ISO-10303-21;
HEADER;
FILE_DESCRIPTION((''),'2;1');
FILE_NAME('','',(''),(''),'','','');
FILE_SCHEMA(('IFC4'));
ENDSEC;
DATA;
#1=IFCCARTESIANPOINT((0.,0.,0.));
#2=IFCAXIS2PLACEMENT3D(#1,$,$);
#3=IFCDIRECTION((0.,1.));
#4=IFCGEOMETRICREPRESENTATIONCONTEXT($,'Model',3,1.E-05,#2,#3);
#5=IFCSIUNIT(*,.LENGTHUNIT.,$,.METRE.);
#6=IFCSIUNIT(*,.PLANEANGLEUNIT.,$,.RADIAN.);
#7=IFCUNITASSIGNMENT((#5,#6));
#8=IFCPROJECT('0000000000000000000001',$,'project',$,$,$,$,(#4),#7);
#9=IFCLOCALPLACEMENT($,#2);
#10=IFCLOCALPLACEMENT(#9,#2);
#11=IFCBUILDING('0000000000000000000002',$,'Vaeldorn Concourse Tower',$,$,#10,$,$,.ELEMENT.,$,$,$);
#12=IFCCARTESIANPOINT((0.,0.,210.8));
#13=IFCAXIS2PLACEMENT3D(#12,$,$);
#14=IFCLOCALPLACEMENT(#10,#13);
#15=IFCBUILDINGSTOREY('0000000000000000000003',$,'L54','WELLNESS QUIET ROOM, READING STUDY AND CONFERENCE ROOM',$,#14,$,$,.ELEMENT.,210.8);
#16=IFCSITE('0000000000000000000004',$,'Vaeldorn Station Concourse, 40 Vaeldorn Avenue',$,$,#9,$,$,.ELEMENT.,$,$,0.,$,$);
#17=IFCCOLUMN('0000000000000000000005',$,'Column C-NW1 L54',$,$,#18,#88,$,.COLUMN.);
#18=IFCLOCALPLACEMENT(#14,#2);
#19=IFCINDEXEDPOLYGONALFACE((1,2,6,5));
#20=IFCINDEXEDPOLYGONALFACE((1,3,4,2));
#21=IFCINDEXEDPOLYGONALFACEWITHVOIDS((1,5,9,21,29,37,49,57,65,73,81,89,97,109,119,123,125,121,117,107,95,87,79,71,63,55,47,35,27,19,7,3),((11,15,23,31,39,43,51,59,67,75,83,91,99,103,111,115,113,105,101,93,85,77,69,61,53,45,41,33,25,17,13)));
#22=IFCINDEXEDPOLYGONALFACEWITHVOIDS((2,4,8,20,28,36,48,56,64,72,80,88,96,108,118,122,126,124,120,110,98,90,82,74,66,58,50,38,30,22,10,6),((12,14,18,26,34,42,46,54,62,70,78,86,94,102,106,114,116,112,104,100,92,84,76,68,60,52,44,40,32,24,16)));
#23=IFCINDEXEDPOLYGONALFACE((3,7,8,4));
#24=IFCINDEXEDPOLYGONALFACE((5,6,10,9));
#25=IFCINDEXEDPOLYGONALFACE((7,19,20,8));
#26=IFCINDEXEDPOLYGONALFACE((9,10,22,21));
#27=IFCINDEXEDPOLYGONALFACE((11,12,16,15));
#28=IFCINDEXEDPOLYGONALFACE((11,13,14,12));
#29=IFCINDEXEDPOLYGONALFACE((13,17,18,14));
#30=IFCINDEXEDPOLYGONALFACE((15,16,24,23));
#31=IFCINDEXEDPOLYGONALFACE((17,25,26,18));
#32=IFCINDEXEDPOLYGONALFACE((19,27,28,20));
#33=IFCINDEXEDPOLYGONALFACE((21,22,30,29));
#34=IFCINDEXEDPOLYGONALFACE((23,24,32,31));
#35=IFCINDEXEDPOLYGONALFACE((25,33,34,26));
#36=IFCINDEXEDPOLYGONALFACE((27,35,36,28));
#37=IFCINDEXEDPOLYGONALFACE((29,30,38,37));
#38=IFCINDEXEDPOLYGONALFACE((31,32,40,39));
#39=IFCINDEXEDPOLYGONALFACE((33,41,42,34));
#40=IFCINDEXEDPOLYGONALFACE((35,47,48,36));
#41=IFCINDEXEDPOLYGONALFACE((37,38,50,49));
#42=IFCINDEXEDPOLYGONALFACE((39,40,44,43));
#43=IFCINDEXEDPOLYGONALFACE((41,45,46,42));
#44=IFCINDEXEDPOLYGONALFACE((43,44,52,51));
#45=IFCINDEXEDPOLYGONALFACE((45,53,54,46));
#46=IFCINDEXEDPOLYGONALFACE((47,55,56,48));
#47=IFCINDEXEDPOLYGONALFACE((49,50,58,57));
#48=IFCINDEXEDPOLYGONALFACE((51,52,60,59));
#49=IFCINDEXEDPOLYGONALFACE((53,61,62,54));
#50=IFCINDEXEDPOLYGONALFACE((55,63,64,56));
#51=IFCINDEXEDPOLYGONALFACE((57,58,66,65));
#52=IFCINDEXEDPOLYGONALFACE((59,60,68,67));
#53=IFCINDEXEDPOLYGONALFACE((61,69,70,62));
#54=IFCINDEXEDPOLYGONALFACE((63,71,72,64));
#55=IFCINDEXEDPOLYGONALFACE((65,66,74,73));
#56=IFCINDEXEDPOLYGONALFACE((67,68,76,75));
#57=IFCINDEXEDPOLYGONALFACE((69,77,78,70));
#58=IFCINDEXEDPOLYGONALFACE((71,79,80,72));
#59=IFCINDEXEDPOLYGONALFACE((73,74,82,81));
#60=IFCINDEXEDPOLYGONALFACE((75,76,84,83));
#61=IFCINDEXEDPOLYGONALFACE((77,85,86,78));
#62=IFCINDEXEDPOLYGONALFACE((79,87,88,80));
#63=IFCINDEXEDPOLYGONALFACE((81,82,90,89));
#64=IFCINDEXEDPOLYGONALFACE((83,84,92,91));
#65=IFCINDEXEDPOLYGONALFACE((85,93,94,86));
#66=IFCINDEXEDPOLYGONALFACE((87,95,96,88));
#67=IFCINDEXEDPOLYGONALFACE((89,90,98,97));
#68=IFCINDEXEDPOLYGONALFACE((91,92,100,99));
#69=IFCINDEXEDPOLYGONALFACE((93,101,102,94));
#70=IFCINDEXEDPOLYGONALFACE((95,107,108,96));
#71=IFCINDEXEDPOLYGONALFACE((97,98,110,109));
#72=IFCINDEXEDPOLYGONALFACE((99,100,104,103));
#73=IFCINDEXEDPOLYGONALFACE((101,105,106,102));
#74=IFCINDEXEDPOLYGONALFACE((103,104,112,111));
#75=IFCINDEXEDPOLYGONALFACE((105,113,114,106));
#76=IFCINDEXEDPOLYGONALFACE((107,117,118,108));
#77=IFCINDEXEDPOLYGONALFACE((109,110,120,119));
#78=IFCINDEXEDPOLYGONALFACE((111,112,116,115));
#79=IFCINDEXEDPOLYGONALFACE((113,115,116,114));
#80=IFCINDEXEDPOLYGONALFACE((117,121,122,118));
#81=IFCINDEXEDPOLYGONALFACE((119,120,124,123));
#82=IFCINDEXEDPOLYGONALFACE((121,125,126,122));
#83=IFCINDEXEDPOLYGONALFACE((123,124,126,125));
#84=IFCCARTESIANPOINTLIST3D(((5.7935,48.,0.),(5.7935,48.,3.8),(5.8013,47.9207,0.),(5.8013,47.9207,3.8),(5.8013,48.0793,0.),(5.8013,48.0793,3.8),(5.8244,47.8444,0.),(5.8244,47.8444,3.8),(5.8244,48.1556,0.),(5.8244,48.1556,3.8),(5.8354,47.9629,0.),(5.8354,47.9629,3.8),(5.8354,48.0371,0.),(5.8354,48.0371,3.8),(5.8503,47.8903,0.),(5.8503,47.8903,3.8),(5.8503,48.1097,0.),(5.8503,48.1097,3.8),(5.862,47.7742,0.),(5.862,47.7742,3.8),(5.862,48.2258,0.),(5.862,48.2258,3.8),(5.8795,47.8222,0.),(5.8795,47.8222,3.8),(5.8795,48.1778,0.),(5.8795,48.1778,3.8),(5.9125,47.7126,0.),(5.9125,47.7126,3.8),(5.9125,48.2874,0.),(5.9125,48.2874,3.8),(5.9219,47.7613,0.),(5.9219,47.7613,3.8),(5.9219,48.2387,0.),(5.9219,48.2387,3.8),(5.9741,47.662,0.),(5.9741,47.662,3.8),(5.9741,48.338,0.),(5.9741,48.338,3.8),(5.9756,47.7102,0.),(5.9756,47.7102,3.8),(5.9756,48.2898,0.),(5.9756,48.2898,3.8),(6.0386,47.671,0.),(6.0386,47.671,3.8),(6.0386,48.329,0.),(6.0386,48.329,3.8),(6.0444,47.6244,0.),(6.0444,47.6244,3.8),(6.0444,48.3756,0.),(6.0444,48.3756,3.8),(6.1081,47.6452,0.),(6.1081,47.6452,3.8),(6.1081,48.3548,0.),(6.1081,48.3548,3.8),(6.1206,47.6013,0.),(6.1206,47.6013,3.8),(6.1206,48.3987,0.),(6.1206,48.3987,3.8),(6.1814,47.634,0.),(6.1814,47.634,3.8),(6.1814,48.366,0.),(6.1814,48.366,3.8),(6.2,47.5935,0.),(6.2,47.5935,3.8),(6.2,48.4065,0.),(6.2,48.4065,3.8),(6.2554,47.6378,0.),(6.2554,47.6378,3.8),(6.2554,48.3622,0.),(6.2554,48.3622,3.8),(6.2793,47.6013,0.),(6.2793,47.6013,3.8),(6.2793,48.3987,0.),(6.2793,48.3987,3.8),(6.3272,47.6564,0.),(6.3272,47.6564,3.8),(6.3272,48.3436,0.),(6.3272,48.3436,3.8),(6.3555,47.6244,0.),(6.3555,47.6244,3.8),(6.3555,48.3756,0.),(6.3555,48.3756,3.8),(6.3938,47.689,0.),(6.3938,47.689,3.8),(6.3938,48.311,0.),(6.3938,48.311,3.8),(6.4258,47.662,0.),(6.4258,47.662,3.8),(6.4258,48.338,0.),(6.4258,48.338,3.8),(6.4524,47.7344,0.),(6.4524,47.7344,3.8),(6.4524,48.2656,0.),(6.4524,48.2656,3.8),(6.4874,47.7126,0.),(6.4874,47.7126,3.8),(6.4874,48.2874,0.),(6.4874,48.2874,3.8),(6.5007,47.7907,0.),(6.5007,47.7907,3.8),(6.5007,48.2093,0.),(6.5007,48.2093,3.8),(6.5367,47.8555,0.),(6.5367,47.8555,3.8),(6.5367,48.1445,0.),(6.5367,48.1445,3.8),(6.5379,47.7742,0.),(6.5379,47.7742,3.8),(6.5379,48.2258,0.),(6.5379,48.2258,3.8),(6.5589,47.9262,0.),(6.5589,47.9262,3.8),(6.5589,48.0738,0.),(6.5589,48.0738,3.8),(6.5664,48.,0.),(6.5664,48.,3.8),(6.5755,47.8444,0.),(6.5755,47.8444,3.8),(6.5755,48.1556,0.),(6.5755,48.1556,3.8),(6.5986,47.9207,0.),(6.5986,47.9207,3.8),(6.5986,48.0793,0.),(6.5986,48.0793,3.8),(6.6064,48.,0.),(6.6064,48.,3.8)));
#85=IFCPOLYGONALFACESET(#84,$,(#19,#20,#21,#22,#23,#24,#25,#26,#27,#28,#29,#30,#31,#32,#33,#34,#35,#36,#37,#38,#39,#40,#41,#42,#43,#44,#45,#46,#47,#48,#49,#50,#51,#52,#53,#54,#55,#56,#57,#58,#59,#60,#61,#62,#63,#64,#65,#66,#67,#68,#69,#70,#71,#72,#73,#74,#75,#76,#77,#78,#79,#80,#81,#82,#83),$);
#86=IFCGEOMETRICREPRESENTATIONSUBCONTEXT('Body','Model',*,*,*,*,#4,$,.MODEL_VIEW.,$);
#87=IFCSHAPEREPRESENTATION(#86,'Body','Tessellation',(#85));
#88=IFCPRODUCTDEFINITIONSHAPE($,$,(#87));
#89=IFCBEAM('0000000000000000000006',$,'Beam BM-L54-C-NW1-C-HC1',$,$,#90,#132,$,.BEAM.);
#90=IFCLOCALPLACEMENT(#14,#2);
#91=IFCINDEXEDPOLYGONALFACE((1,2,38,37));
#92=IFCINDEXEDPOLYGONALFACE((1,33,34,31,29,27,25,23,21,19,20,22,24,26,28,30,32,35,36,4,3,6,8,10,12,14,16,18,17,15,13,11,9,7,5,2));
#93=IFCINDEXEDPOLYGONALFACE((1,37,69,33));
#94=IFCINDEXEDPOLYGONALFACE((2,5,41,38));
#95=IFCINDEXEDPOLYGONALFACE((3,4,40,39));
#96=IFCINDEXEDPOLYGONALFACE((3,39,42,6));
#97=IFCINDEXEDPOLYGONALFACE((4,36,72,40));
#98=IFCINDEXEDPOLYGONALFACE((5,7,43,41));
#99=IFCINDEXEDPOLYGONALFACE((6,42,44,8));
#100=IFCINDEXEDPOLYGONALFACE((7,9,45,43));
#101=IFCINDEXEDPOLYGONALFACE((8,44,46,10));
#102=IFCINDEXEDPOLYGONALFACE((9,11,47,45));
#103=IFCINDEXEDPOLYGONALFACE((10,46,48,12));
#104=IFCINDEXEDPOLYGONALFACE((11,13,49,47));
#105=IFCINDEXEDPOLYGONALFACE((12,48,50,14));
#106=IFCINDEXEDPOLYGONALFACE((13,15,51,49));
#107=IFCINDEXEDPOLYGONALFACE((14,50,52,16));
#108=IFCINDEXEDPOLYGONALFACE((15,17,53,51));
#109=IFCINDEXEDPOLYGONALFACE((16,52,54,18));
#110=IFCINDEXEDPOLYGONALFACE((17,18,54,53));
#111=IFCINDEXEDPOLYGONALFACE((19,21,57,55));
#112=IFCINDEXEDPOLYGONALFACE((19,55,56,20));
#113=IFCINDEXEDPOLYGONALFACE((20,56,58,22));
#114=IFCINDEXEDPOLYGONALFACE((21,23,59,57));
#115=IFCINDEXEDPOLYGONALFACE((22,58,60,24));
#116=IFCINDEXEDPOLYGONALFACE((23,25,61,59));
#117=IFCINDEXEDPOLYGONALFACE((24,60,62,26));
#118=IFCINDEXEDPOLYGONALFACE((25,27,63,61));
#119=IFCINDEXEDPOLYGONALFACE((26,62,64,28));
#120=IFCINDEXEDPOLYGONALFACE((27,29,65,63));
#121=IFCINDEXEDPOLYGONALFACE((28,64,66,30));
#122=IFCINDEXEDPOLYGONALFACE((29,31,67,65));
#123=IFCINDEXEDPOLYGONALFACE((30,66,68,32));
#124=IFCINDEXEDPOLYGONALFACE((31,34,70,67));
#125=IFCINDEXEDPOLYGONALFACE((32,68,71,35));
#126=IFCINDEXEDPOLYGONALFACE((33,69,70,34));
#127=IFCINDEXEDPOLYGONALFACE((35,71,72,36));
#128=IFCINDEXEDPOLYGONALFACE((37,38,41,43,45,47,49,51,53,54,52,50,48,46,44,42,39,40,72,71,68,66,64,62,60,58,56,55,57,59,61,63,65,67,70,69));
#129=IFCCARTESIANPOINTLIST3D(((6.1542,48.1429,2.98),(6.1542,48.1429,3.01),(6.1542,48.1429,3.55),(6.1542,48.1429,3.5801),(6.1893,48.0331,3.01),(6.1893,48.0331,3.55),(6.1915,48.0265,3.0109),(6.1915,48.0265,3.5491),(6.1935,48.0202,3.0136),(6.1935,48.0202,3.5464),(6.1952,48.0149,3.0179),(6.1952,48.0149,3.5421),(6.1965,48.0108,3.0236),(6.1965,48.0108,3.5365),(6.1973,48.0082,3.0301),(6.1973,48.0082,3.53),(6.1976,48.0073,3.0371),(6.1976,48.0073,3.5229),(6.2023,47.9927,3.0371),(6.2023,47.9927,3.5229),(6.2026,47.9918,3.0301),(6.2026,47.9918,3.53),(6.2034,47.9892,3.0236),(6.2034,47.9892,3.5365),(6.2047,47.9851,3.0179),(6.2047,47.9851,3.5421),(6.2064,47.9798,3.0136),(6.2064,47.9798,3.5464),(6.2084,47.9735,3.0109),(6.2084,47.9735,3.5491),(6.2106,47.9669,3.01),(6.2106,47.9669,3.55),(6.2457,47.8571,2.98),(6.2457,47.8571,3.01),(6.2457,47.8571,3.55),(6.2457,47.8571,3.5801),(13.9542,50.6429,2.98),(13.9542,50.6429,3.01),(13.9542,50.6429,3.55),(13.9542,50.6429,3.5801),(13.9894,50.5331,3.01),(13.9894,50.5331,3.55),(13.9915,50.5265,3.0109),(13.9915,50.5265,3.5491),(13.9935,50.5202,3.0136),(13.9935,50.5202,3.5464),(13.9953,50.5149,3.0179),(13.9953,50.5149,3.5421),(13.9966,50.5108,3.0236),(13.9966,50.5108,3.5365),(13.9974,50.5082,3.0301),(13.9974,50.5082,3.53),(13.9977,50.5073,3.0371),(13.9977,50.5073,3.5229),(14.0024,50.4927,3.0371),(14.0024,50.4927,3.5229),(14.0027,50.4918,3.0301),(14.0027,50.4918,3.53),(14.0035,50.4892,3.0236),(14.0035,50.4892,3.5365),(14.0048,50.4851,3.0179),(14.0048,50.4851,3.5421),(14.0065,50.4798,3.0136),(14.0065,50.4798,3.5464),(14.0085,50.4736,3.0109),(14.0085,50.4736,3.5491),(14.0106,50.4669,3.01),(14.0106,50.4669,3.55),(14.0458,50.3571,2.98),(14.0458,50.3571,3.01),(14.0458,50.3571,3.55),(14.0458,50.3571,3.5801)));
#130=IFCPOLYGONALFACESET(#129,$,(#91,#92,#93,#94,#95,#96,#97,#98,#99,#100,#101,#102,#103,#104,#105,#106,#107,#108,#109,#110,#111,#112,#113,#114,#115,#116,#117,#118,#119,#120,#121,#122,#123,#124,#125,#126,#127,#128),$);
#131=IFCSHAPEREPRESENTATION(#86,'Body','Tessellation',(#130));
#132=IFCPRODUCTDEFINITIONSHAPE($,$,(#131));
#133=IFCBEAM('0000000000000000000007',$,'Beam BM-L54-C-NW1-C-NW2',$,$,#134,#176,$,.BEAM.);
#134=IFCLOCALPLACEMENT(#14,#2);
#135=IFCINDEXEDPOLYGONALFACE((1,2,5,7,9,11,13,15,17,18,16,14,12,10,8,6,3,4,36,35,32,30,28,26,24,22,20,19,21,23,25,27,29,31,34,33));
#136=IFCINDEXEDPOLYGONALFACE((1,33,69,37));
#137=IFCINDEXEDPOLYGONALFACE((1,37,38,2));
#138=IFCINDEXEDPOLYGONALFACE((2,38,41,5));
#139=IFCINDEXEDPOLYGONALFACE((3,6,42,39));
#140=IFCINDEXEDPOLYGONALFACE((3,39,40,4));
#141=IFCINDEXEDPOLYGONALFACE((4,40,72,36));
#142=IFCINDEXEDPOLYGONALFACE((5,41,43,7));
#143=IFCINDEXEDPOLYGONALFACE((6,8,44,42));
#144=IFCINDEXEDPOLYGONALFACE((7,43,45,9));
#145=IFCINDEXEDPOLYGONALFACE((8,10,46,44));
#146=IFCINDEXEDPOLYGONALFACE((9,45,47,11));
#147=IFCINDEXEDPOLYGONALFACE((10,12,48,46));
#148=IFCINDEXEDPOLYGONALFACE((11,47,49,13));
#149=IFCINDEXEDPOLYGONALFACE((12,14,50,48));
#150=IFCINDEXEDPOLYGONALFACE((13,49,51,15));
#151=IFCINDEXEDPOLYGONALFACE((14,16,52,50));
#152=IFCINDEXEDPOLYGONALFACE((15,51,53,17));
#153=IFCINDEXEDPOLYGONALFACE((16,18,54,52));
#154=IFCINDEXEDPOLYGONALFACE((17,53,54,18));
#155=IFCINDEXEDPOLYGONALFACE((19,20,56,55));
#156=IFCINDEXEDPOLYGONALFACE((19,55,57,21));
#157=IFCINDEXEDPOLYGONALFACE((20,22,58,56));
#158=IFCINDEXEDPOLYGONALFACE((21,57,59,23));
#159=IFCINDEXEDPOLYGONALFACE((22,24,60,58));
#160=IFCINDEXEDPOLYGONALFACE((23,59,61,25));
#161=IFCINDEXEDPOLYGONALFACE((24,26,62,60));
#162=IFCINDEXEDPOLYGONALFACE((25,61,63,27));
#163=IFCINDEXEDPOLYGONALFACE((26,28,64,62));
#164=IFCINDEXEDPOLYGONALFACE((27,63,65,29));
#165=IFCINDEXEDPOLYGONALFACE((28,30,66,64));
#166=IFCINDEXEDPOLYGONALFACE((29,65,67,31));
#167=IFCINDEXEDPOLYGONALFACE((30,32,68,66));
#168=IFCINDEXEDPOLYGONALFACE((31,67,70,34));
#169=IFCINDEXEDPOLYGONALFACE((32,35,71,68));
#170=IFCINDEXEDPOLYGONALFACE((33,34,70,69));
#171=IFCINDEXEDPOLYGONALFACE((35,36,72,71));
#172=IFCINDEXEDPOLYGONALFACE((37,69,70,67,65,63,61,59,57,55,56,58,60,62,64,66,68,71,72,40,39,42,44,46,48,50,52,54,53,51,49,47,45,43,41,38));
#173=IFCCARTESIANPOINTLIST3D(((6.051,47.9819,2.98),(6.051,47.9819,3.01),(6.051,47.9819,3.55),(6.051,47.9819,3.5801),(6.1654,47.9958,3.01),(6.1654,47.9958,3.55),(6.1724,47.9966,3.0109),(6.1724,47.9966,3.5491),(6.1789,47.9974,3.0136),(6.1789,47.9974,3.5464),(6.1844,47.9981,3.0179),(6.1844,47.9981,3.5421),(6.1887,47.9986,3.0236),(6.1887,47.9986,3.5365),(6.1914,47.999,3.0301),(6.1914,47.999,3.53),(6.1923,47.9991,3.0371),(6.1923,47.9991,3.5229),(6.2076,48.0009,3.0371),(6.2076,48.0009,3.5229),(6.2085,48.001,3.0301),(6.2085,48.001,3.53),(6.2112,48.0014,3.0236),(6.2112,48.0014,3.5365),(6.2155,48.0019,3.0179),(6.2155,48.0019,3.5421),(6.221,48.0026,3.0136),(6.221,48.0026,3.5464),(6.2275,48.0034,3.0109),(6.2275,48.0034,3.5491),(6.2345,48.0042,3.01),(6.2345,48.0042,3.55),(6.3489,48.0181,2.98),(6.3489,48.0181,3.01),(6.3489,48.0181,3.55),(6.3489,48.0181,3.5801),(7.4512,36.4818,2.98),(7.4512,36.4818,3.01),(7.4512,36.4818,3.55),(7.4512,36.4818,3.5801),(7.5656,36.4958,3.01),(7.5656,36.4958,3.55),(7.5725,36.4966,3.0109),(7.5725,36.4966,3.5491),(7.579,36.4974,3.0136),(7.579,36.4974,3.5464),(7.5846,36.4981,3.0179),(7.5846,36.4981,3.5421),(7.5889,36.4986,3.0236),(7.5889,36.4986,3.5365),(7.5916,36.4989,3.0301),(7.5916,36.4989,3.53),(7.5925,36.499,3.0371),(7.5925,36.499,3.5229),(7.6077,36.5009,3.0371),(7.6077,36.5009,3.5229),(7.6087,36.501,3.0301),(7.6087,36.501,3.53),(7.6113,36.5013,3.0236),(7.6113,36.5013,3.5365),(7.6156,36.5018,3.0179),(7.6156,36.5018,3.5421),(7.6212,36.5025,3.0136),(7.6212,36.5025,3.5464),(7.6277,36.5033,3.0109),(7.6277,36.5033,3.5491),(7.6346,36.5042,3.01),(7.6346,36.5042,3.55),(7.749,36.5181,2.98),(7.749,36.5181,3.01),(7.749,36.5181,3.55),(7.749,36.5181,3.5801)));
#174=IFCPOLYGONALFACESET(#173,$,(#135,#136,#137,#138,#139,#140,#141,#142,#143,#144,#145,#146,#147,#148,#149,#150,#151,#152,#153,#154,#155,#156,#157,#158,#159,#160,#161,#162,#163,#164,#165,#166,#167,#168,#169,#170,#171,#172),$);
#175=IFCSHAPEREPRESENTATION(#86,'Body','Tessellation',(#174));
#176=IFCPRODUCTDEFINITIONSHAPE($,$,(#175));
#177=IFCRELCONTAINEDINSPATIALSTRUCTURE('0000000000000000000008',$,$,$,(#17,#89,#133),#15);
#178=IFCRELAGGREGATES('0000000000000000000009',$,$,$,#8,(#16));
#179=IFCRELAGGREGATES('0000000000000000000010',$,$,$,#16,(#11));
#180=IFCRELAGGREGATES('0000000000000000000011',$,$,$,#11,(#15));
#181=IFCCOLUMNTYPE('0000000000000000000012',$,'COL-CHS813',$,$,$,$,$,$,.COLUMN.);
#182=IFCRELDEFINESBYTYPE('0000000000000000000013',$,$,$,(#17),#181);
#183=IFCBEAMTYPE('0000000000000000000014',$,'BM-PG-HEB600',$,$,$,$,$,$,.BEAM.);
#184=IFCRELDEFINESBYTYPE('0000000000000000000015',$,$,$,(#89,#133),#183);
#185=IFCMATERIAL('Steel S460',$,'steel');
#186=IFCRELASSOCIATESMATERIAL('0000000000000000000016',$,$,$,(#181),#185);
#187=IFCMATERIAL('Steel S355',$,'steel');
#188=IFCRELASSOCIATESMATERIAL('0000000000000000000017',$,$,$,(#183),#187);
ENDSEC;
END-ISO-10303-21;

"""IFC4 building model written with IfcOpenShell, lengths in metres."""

from ifc_helpers import new_model, si_unit, direction, frame, origin, origin_2d, place, context, subcontext, project, spatial, hollow_circle, i_section, extrude, source, transform, mapped, material, material_profile, profile_set, type_object, element, save


model = new_model("IFC4")

# Units and contexts
model_context = context("Model", 3, precision=1e-05, world=origin(), true_north=direction((0.0, 1.0)))
body_context = subcontext(model_context, "Body", "Model", "MODEL_VIEW")
ifc_project = project(units=[si_unit("LENGTHUNIT", "METRE"), si_unit("PLANEANGLEUNIT", "RADIAN")], contexts=[model_context])

# Site, building, storey
site_placement = place(None, origin())
site = spatial("IfcSite", under=ifc_project, at=site_placement, Name="Vaeldorn Station Concourse, 40 Vaeldorn Avenue", CompositionType="ELEMENT", RefElevation=0.0)
building_placement = place(site_placement, origin())
building = spatial("IfcBuilding", under=site, at=building_placement, Name="Vaeldorn Concourse Tower", CompositionType="ELEMENT")
storey_placement = place(building_placement, frame((0.0, 0.0, 210.8)))
storey = spatial("IfcBuildingStorey", under=building, at=storey_placement, Name="L54", Description="WELLNESS QUIET ROOM, READING STUDY AND CONFERENCE ROOM", CompositionType="ELEMENT", Elevation=210.8)

# Column
ifc_material_1 = material(Name="Steel S460", Category="steel")
ifc_material_profile_1 = material_profile(ifc_material_1, hollow_circle(Radius=0.4065, WallThickness=0.04, at=origin_2d()), Name="CHS 813x40")
ifc_profile_set_1 = profile_set([ifc_material_profile_1], Name="Steel S460")
column_type = type_object("IfcColumnType", Name="COL-CHS813", PredefinedType="COLUMN", material=ifc_profile_set_1)
shared_shape_1 = source(origin(), body_context, "Body", "SweptSolid", [
    extrude(hollow_circle(Radius=0.4065, WallThickness=0.04, at=origin_2d()), origin(), (0.0, 0.0, 1.0), 3.8),
])
column_placement = place(storey_placement, frame((6.2, 48.0, 0.0), z_axis=(0.0, 0.0, 1.0), x_axis=(1.0, 0.0, 0.0)))
element("IfcColumn", 1, at=column_placement, inside=storey, type_object=column_type, Name="Column C-NW1 L54", PredefinedType="COLUMN", context=body_context, shape_type="MappedRepresentation", body=[
    mapped(shared_shape_1, transform((0.0, 0.0, 0.0), scale=1.0)),
])

# Beams
ifc_material_2 = material(Name="Steel S355", Category="steel")
ifc_material_profile_2 = material_profile(ifc_material_2, i_section(OverallWidth=0.3, OverallDepth=0.6001, WebThickness=0.0154, FlangeThickness=0.03, FilletRadius=0.0271, at=origin_2d()), Name="HEB 600")
ifc_profile_set_2 = profile_set([ifc_material_profile_2], Name="Steel S355")
beam_type_1 = type_object("IfcBeamType", Name="BM-PG-HEB600", PredefinedType="BEAM", material=ifc_profile_set_2)
shared_shape_2 = source(origin(), body_context, "Body", "SweptSolid", [
    extrude(i_section(OverallWidth=0.3, OverallDepth=0.6001, WebThickness=0.0154, FlangeThickness=0.03, FilletRadius=0.0271, at=origin_2d()), origin(), (0.0, 0.0, 1.0), 8.1909),
])
beam_1_placement = place(storey_placement, frame((6.2, 48.0, 3.28), z_axis=(0.952283, 0.305217, 0.0), x_axis=(-0.305217, 0.952283, 0.0)))
element("IfcBeam", 2, at=beam_1_placement, inside=storey, type_object=beam_type_1, Name="Beam BM-L54-C-NW1-C-HC1", PredefinedType="BEAM", context=body_context, shape_type="MappedRepresentation", body=[
    mapped(shared_shape_2, transform((0.0, 0.0, 0.0), scale=1.0)),
])
shared_shape_3 = source(origin(), body_context, "Body", "SweptSolid", [
    extrude(i_section(OverallWidth=0.3, OverallDepth=0.6001, WebThickness=0.0154, FlangeThickness=0.03, FilletRadius=0.0271, at=origin_2d()), origin(), (0.0, 0.0, 1.0), 11.585),
])
beam_2_placement = place(storey_placement, frame((6.2, 48.0, 3.28), z_axis=(0.120859, -0.99267, 0.0), x_axis=(0.99267, 0.120859, 0.0)))
element("IfcBeam", 3, at=beam_2_placement, inside=storey, type_object=beam_type_1, Name="Beam BM-L54-C-NW1-C-NW2", PredefinedType="BEAM", context=body_context, shape_type="MappedRepresentation", body=[
    mapped(shared_shape_3, transform((0.0, 0.0, 0.0), scale=1.0)),
])

save(model, "model.ifc")
